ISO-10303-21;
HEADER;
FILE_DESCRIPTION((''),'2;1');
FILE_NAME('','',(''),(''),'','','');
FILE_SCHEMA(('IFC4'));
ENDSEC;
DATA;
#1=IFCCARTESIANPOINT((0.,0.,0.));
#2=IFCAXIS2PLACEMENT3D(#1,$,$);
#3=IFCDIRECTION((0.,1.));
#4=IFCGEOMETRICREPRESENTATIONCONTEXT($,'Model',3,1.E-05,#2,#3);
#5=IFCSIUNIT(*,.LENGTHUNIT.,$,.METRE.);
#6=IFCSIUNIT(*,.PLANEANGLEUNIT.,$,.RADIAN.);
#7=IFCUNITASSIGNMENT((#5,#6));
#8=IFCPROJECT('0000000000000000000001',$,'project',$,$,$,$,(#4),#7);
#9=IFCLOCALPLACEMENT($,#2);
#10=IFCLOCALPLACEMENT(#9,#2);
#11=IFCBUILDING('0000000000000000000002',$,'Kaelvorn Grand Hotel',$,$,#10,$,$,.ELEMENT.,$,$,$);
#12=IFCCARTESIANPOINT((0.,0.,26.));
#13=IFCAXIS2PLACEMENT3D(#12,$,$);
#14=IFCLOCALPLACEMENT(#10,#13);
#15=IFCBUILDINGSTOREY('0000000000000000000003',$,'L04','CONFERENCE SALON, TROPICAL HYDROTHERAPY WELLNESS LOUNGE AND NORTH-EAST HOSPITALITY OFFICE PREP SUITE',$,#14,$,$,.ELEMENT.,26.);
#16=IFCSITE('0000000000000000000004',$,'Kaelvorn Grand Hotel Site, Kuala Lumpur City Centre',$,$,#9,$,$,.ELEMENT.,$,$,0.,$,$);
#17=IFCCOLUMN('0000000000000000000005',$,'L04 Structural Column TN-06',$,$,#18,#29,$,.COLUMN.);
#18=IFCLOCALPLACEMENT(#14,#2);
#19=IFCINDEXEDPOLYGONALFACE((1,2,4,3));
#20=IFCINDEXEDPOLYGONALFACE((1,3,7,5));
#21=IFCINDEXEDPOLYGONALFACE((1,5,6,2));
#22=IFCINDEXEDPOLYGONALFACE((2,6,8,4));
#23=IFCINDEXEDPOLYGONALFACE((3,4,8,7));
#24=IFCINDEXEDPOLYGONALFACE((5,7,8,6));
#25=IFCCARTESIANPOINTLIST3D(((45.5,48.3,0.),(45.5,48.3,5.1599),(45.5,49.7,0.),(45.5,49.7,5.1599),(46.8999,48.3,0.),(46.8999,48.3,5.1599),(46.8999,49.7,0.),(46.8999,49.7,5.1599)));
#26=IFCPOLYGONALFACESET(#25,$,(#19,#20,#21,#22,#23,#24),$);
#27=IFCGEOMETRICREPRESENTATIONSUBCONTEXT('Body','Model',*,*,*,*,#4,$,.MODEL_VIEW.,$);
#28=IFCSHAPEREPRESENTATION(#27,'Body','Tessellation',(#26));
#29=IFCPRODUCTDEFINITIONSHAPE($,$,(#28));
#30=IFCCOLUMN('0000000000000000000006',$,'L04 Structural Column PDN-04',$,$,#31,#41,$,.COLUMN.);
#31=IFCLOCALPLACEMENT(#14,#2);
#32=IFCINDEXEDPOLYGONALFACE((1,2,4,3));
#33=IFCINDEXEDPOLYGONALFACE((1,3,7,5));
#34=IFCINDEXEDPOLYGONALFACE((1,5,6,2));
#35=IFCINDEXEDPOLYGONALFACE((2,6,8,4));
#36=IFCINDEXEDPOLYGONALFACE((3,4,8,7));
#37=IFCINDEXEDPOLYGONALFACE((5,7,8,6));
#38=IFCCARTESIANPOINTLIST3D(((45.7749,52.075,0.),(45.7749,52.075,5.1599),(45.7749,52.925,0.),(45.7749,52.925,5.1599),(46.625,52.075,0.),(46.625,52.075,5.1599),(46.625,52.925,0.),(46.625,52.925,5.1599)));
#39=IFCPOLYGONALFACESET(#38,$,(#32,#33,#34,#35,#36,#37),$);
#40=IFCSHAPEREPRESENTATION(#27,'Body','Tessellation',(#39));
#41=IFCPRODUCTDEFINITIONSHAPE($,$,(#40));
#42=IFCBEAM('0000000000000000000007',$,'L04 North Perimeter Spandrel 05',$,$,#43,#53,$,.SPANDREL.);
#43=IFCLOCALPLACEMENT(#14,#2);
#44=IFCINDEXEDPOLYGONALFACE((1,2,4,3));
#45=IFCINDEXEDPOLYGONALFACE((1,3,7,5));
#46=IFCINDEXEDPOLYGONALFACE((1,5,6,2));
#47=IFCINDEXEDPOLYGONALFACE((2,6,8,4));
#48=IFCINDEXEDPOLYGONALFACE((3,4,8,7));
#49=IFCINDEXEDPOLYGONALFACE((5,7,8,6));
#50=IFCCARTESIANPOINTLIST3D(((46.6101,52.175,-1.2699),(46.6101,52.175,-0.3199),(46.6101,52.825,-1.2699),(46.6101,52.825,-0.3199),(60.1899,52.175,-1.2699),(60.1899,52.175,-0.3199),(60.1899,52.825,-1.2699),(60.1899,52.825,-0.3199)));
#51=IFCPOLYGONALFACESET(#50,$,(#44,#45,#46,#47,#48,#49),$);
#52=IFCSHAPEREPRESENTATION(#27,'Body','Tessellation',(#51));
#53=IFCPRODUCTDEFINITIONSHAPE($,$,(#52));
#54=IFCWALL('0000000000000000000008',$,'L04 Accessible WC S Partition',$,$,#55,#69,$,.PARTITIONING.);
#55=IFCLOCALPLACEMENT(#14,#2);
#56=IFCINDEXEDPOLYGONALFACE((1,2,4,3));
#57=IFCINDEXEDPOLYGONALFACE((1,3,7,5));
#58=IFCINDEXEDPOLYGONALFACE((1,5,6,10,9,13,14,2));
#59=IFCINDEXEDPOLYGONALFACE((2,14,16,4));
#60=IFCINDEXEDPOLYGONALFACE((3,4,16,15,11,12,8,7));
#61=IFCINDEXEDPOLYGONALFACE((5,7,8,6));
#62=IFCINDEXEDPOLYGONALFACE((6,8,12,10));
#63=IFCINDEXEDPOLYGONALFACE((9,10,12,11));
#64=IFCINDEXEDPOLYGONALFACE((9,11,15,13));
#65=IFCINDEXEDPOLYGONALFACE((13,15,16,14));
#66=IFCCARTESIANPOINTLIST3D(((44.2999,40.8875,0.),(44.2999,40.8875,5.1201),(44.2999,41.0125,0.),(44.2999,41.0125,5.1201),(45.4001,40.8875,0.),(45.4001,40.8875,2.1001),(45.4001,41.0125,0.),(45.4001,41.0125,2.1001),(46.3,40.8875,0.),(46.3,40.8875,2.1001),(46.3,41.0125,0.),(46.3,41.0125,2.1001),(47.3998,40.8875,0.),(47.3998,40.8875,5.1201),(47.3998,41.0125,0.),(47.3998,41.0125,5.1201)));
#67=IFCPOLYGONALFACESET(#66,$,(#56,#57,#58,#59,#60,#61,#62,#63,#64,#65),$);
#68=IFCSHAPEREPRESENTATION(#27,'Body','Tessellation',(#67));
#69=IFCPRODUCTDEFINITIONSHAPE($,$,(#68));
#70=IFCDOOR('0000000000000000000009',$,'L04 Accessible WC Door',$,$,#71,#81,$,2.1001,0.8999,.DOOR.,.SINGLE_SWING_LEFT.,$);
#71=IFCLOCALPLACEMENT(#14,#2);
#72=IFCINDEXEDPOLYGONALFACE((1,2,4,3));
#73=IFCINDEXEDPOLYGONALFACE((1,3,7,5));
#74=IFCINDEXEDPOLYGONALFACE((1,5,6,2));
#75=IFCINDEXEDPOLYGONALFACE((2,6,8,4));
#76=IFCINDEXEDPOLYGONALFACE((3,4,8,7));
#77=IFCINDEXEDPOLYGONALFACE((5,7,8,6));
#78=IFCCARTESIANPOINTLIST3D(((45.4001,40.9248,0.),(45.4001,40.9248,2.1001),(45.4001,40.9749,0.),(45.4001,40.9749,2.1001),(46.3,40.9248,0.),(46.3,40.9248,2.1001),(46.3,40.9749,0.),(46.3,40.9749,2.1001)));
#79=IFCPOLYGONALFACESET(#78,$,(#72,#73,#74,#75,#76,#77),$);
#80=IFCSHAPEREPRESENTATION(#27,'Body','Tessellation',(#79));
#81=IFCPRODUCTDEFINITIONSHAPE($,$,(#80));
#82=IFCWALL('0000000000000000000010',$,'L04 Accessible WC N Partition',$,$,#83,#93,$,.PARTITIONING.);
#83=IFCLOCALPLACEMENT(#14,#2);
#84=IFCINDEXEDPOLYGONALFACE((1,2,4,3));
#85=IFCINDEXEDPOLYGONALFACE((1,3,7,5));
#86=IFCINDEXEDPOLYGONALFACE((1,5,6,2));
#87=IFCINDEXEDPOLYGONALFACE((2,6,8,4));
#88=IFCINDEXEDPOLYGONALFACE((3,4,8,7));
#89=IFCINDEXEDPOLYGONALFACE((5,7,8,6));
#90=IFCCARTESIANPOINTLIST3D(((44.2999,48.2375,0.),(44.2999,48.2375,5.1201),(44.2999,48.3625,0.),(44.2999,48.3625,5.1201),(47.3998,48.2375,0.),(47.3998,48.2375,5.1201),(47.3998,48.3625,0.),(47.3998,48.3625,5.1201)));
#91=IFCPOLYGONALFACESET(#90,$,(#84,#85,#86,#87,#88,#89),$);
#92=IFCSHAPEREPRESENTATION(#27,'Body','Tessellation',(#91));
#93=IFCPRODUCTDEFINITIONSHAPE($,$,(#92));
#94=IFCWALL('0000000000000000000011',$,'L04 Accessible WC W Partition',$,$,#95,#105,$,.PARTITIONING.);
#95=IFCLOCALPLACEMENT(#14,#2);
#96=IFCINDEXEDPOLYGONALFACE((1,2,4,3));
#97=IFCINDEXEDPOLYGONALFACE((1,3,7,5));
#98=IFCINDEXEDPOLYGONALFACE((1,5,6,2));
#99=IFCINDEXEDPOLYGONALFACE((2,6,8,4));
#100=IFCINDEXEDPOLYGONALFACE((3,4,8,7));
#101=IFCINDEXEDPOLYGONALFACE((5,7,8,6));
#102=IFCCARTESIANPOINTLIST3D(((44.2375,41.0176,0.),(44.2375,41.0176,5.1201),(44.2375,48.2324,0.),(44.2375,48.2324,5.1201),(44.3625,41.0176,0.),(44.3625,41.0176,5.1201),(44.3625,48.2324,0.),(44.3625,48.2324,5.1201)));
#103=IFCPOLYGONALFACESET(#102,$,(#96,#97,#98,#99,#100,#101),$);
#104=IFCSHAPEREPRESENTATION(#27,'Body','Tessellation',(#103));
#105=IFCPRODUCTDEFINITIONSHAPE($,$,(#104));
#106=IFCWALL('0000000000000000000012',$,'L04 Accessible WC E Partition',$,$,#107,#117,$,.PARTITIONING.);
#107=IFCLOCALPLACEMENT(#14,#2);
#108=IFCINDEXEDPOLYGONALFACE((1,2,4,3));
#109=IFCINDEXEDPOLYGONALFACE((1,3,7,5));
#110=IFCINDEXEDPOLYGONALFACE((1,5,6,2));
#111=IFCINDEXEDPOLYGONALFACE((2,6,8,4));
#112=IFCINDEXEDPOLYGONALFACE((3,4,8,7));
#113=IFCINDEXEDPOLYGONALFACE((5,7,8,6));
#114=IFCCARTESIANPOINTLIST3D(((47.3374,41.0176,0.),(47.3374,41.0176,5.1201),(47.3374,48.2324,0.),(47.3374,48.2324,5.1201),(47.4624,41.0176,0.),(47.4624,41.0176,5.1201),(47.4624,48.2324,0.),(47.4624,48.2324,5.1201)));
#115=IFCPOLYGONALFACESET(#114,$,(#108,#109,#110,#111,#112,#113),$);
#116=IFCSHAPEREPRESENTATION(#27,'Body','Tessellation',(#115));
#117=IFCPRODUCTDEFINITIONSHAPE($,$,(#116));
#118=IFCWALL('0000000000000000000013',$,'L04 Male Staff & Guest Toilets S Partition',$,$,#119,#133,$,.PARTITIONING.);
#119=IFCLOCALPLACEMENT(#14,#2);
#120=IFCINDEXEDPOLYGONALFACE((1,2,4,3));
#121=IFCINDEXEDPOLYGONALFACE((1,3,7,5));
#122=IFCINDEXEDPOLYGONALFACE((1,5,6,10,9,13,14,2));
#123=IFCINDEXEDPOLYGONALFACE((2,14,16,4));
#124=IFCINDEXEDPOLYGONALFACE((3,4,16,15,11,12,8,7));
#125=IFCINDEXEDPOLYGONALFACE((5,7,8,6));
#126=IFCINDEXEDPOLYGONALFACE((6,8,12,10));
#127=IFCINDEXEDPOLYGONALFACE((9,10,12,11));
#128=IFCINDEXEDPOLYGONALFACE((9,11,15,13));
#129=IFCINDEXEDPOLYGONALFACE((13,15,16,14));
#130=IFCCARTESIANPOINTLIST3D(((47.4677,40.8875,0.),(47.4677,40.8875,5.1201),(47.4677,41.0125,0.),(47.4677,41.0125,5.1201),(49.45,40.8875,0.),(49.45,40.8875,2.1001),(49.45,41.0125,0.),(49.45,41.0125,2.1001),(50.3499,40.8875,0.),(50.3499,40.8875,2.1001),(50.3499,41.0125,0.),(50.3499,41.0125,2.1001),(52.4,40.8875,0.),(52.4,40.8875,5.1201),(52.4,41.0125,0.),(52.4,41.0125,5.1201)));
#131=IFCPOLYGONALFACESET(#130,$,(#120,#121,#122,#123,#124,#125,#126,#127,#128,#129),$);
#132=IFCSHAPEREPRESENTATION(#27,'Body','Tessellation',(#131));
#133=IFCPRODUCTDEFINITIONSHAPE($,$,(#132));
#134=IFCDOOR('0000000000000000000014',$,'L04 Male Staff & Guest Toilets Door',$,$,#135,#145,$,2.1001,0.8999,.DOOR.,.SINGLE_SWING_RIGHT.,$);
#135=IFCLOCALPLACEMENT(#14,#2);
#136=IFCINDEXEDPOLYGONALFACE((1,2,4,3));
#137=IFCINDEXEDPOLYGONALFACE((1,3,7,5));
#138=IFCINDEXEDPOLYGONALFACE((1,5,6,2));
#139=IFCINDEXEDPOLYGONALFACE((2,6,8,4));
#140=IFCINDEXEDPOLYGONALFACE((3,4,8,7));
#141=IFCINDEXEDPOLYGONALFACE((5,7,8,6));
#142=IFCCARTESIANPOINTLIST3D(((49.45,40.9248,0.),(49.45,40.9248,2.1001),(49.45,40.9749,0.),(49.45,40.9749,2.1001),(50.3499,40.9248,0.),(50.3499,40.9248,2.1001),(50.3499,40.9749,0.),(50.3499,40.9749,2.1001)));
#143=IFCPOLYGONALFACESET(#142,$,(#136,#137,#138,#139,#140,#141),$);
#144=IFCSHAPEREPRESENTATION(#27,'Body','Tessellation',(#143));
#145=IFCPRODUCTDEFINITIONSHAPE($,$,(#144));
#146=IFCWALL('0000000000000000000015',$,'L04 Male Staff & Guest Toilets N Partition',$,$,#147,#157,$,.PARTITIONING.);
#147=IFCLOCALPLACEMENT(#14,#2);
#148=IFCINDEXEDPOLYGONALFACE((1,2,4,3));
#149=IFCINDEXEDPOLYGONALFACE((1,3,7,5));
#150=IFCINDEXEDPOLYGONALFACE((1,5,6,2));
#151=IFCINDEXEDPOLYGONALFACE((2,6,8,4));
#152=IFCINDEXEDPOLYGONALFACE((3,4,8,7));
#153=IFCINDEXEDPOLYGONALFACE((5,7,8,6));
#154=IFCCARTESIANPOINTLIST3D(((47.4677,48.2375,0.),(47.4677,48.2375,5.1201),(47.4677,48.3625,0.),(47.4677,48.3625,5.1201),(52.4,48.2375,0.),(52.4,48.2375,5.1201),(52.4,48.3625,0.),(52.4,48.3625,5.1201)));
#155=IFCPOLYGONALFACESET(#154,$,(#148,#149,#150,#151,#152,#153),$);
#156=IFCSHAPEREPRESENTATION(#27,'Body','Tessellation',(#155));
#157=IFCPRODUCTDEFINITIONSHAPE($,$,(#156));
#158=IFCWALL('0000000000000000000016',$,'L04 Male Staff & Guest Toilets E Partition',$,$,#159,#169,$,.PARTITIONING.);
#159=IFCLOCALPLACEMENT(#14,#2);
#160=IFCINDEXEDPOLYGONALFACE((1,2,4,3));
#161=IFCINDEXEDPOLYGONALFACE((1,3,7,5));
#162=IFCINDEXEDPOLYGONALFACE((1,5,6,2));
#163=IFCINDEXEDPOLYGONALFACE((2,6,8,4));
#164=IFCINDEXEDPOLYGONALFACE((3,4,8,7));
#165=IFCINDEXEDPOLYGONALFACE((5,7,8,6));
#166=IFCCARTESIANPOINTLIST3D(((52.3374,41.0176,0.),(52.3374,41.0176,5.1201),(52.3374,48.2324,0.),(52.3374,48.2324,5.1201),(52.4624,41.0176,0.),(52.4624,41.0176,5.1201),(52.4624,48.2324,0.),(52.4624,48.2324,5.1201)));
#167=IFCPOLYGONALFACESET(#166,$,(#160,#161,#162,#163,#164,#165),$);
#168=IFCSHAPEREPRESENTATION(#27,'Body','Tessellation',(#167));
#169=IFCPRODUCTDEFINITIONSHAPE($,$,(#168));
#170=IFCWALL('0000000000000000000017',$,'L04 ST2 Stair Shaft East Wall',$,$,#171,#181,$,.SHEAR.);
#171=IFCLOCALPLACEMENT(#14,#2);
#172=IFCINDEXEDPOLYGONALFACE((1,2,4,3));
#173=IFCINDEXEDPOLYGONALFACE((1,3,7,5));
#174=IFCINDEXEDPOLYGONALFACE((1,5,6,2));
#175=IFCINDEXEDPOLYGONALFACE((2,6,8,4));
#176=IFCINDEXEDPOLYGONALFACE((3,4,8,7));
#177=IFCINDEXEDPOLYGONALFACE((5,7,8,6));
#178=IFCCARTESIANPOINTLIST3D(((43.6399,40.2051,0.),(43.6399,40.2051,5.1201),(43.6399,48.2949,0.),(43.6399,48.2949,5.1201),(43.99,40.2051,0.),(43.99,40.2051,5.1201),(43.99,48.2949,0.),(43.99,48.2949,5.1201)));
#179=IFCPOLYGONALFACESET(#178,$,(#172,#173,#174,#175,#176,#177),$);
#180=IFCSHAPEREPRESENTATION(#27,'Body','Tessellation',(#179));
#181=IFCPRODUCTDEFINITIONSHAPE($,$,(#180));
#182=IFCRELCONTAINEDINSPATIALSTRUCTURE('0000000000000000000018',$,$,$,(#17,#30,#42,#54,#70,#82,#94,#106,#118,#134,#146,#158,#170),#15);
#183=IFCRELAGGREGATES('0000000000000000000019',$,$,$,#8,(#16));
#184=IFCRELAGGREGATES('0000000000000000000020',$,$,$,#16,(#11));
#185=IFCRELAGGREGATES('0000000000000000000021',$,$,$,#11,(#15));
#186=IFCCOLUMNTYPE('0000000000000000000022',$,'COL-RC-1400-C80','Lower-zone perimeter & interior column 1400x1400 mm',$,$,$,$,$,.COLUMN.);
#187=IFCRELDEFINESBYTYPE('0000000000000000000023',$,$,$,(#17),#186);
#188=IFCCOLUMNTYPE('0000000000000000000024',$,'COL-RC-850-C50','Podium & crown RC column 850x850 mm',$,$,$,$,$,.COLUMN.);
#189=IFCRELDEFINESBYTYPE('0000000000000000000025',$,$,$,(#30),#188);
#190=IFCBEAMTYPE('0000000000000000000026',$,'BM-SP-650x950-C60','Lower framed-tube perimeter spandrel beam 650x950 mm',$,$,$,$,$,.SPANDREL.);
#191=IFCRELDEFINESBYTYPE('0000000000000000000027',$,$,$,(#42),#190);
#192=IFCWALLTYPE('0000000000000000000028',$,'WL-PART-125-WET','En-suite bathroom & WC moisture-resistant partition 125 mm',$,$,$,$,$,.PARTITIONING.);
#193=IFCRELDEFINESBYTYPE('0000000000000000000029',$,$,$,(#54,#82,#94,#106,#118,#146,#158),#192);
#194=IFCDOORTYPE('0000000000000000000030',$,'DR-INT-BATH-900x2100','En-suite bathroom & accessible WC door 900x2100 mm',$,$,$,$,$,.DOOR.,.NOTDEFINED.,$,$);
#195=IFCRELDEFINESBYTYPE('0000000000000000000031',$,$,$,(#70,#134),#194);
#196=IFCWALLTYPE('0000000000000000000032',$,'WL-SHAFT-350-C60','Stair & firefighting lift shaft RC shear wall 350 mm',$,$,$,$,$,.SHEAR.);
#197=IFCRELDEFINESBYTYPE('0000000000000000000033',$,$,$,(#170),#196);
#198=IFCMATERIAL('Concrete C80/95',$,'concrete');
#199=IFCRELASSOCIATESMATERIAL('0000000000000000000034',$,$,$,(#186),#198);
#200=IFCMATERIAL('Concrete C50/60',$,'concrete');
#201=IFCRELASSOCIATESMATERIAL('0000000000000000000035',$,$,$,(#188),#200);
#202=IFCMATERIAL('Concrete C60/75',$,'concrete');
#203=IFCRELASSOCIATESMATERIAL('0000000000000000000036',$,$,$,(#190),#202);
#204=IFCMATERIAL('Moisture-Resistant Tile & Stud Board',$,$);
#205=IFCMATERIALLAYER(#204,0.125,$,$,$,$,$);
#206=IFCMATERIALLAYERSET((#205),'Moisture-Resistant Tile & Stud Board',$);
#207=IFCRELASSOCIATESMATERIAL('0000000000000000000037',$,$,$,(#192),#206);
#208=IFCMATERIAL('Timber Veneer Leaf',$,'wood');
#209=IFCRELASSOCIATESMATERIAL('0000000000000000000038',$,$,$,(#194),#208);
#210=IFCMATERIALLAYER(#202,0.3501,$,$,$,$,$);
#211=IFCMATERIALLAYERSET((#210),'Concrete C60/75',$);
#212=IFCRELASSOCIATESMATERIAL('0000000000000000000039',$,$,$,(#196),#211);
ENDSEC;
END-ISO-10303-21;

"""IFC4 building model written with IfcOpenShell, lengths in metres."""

from ifc_helpers import new_model, si_unit, direction, frame, frame_2d, origin, origin_2d, place, context, subcontext, project, spatial, rectangle, extrude, material, layer, layer_set, material_profile, profile_set, type_object, element, fill, save


model = new_model("IFC4")

# Units and contexts
model_context = context("Model", 3, precision=1e-05, world=origin(), true_north=direction((0.0, 1.0)))
body_context = subcontext(model_context, "Body", "Model", "MODEL_VIEW")
ifc_project = project(units=[si_unit("LENGTHUNIT", "METRE"), si_unit("PLANEANGLEUNIT", "RADIAN")], contexts=[model_context])

# Site, building, storey
site_placement = place(None, origin())
site = spatial("IfcSite", under=ifc_project, at=site_placement, Name="Kaelvorn Grand Hotel Site, Kuala Lumpur City Centre", CompositionType="ELEMENT", RefElevation=0.0)
building_placement = place(site_placement, origin())
building = spatial("IfcBuilding", under=site, at=building_placement, Name="Kaelvorn Grand Hotel", CompositionType="ELEMENT")
storey_placement = place(building_placement, frame((0.0, 0.0, 26.0)))
storey = spatial("IfcBuildingStorey", under=building, at=storey_placement, Name="L04", Description="CONFERENCE SALON, TROPICAL HYDROTHERAPY WELLNESS LOUNGE AND NORTH-EAST HOSPITALITY OFFICE PREP SUITE", CompositionType="ELEMENT", Elevation=26.0)

# Columns
ifc_material_1 = material(Name="Concrete C80/95", Category="concrete")
ifc_material_profile_1 = material_profile(ifc_material_1, rectangle(XDim=1.3999, YDim=1.3999, at=origin_2d()), Name="RC COL 1400x1400")
ifc_profile_set_1 = profile_set([ifc_material_profile_1], Name="Concrete C80/95")
column_type_1 = type_object("IfcColumnType", Name="COL-RC-1400-C80", Description="Lower-zone perimeter & interior column 1400x1400 mm", PredefinedType="COLUMN", material=ifc_profile_set_1)
column_1_placement = place(storey_placement, frame((46.2, 49.0, 0.0), z_axis=(0.0, 0.0, 1.0), x_axis=(1.0, 0.0, 0.0)))
element("IfcColumn", 1, at=column_1_placement, inside=storey, type_object=column_type_1, Name="L04 Structural Column TN-06", PredefinedType="COLUMN", context=body_context, shape_type="SweptSolid", body=[
    extrude(rectangle(XDim=1.3999, YDim=1.3999, at=origin_2d()), origin(), (0.0, 0.0, 1.0), 5.1599),
])
ifc_material_2 = material(Name="Concrete C50/60", Category="concrete")
ifc_material_profile_2 = material_profile(ifc_material_2, rectangle(XDim=0.8501, YDim=0.8501, at=origin_2d()), Name="RC COL 850x850")
ifc_profile_set_2 = profile_set([ifc_material_profile_2], Name="Concrete C50/60")
column_type_2 = type_object("IfcColumnType", Name="COL-RC-850-C50", Description="Podium & crown RC column 850x850 mm", PredefinedType="COLUMN", material=ifc_profile_set_2)
column_2_placement = place(storey_placement, frame((46.2, 52.5, 0.0), z_axis=(0.0, 0.0, 1.0), x_axis=(1.0, 0.0, 0.0)))
element("IfcColumn", 2, at=column_2_placement, inside=storey, type_object=column_type_2, Name="L04 Structural Column PDN-04", PredefinedType="COLUMN", context=body_context, shape_type="SweptSolid", body=[
    extrude(rectangle(XDim=0.8501, YDim=0.8501, at=origin_2d()), origin(), (0.0, 0.0, 1.0), 5.1599),
])

# Beam
ifc_material_3 = material(Name="Concrete C60/75", Category="concrete")
ifc_material_profile_3 = material_profile(ifc_material_3, rectangle(XDim=0.6499, YDim=0.95, at=origin_2d()), Name="RC SPANDREL 650x950")
ifc_profile_set_3 = profile_set([ifc_material_profile_3], Name="Concrete C60/75")
beam_type = type_object("IfcBeamType", Name="BM-SP-650x950-C60", Description="Lower framed-tube perimeter spandrel beam 650x950 mm", PredefinedType="SPANDREL", material=ifc_profile_set_3)
beam_placement = place(storey_placement, frame((46.6101, 52.5, -0.7949), z_axis=(1.0, 0.0, 0.0), x_axis=(0.0, 1.0, 0.0)))
element("IfcBeam", 3, at=beam_placement, inside=storey, type_object=beam_type, Name="L04 North Perimeter Spandrel 05", PredefinedType="SPANDREL", context=body_context, shape_type="SweptSolid", body=[
    extrude(rectangle(XDim=0.6499, YDim=0.95, at=origin_2d()), origin(), (0.0, 0.0, 1.0), 13.5798),
])

# Wall, opening, door
ifc_material_4 = material(Name="Moisture-Resistant Tile & Stud Board")
ifc_layer_1 = layer(ifc_material_4, 0.125)
ifc_layer_set_1 = layer_set([ifc_layer_1], Name="Moisture-Resistant Tile & Stud Board")
wall_type_1 = type_object("IfcWallType", Name="WL-PART-125-WET", Description="En-suite bathroom & WC moisture-resistant partition 125 mm", PredefinedType="PARTITIONING", material=ifc_layer_set_1)
wall_1_placement = place(storey_placement, frame((44.3, 40.95, 0.0), z_axis=(0.0, 0.0, 1.0), x_axis=(1.0, 0.0, 0.0)))
wall_1 = element("IfcWall", 4, at=wall_1_placement, inside=storey, type_object=wall_type_1, Name="L04 Accessible WC S Partition", PredefinedType="PARTITIONING", context=body_context, shape_type="SweptSolid", body=[
    extrude(rectangle(XDim=3.0999, YDim=0.125, at=frame_2d((1.5498, 0.0))), origin(), (0.0, 0.0, 1.0), 5.1201),
])
opening_1_placement = place(wall_1_placement, frame((1.1001, 0.0, 0.0)))
opening_1 = element("IfcOpeningElement", 5, at=opening_1_placement, cuts=wall_1, PredefinedType="OPENING", context=body_context, shape_type="SweptSolid", body=[
    extrude(rectangle(XDim=0.8999, YDim=2.1001, at=frame_2d((0.45, 1.05))), frame((0.0, 0.0725, 0.0), z_axis=(0.0, -1.0, 0.0), x_axis=(1.0, 0.0, 0.0)), (0.0, 0.0, 1.0), 0.145),
])
ifc_material_5 = material(Name="Timber Veneer Leaf", Category="wood")
door_type = type_object("IfcDoorType", Name="DR-INT-BATH-900x2100", Description="En-suite bathroom & accessible WC door 900x2100 mm", OperationType="NOTDEFINED", PredefinedType="DOOR", material=ifc_material_5)
door_1_placement = place(opening_1_placement, origin())
door_1 = element("IfcDoor", 6, at=door_1_placement, inside=storey, type_object=door_type, Name="L04 Accessible WC Door", OperationType="SINGLE_SWING_LEFT", OverallHeight=2.1001, OverallWidth=0.8999, PredefinedType="DOOR", context=body_context, shape_type="SweptSolid", body=[
    extrude(rectangle(XDim=0.8999, YDim=2.1001, at=frame_2d((0.45, 1.05))), frame((0.0, 0.0249, 0.0), z_axis=(0.0, -1.0, 0.0), x_axis=(1.0, 0.0, 0.0)), (0.0, 0.0, 1.0), 0.05),
])
fill(opening_1, door_1)

# Walls
wall_2_placement = place(storey_placement, frame((44.3, 48.3, 0.0), z_axis=(0.0, 0.0, 1.0), x_axis=(1.0, 0.0, 0.0)))
element("IfcWall", 7, at=wall_2_placement, inside=storey, type_object=wall_type_1, Name="L04 Accessible WC N Partition", PredefinedType="PARTITIONING", context=body_context, shape_type="SweptSolid", body=[
    extrude(rectangle(XDim=3.0999, YDim=0.125, at=frame_2d((1.5498, 0.0))), origin(), (0.0, 0.0, 1.0), 5.1201),
])
for number, where, z_axis, x_axis, name in (
    (8, (44.3, 41.0176, 0.0), (0.0, 0.0, 1.0), (0.0, 1.0, 0.0), "L04 Accessible WC W Partition"),
    (9, (47.3999, 41.0176, 0.0), (0.0, 0.0, 1.0), (0.0, 1.0, 0.0), "L04 Accessible WC E Partition"),
):
    element("IfcWall", number, at=place(storey_placement, frame(where, z_axis=z_axis, x_axis=x_axis)), inside=storey, type_object=wall_type_1, Name=name, PredefinedType="PARTITIONING", context=body_context, shape_type="SweptSolid", body=[
        extrude(rectangle(XDim=7.2148, YDim=0.125, at=frame_2d((3.6074, 0.0))), origin(), (0.0, 0.0, 1.0), 5.1201),
    ])

# Wall, opening, door
wall_3_placement = place(storey_placement, frame((47.4675, 40.95, 0.0), z_axis=(0.0, 0.0, 1.0), x_axis=(1.0, 0.0, 0.0)))
wall_3 = element("IfcWall", 10, at=wall_3_placement, inside=storey, type_object=wall_type_1, Name="L04 Male Staff & Guest Toilets S Partition", PredefinedType="PARTITIONING", context=body_context, shape_type="SweptSolid", body=[
    extrude(rectangle(XDim=4.9324, YDim=0.125, at=frame_2d((2.4663, 0.0))), origin(), (0.0, 0.0, 1.0), 5.1201),
])
opening_2_placement = place(wall_3_placement, frame((1.9824, 0.0, 0.0)))
opening_2 = element("IfcOpeningElement", 11, at=opening_2_placement, cuts=wall_3, PredefinedType="OPENING", context=body_context, shape_type="SweptSolid", body=[
    extrude(rectangle(XDim=0.8999, YDim=2.1001, at=frame_2d((0.45, 1.05))), frame((0.0, 0.0725, 0.0), z_axis=(0.0, -1.0, 0.0), x_axis=(1.0, 0.0, 0.0)), (0.0, 0.0, 1.0), 0.145),
])
door_2_placement = place(opening_2_placement, origin())
door_2 = element("IfcDoor", 12, at=door_2_placement, inside=storey, type_object=door_type, Name="L04 Male Staff & Guest Toilets Door", OperationType="SINGLE_SWING_RIGHT", OverallHeight=2.1001, OverallWidth=0.8999, PredefinedType="DOOR", context=body_context, shape_type="SweptSolid", body=[
    extrude(rectangle(XDim=0.8999, YDim=2.1001, at=frame_2d((0.45, 1.05))), frame((0.0, 0.0249, 0.0), z_axis=(0.0, -1.0, 0.0), x_axis=(1.0, 0.0, 0.0)), (0.0, 0.0, 1.0), 0.05),
])
fill(opening_2, door_2)

# Walls
wall_4_placement = place(storey_placement, frame((47.4675, 48.3, 0.0), z_axis=(0.0, 0.0, 1.0), x_axis=(1.0, 0.0, 0.0)))
element("IfcWall", 13, at=wall_4_placement, inside=storey, type_object=wall_type_1, Name="L04 Male Staff & Guest Toilets N Partition", PredefinedType="PARTITIONING", context=body_context, shape_type="SweptSolid", body=[
    extrude(rectangle(XDim=4.9324, YDim=0.125, at=frame_2d((2.4663, 0.0))), origin(), (0.0, 0.0, 1.0), 5.1201),
])
wall_5_placement = place(storey_placement, frame((52.3999, 41.0176, 0.0), z_axis=(0.0, 0.0, 1.0), x_axis=(0.0, 1.0, 0.0)))
element("IfcWall", 14, at=wall_5_placement, inside=storey, type_object=wall_type_1, Name="L04 Male Staff & Guest Toilets E Partition", PredefinedType="PARTITIONING", context=body_context, shape_type="SweptSolid", body=[
    extrude(rectangle(XDim=7.2148, YDim=0.125, at=frame_2d((3.6074, 0.0))), origin(), (0.0, 0.0, 1.0), 5.1201),
])
ifc_layer_2 = layer(ifc_material_3, 0.3501)
ifc_layer_set_2 = layer_set([ifc_layer_2], Name="Concrete C60/75")
wall_type_2 = type_object("IfcWallType", Name="WL-SHAFT-350-C60", Description="Stair & firefighting lift shaft RC shear wall 350 mm", PredefinedType="SHEAR", material=ifc_layer_set_2)
wall_6_placement = place(storey_placement, frame((43.8149, 40.2051, 0.0), z_axis=(0.0, 0.0, 1.0), x_axis=(0.0, 1.0, 0.0)))
element("IfcWall", 15, at=wall_6_placement, inside=storey, type_object=wall_type_2, Name="L04 ST2 Stair Shaft East Wall", PredefinedType="SHEAR", context=body_context, shape_type="SweptSolid", body=[
    extrude(rectangle(XDim=8.0898, YDim=0.3501, at=frame_2d((4.0449, 0.0))), origin(), (0.0, 0.0, 1.0), 5.1201),
])

save(model, "model.ifc")
